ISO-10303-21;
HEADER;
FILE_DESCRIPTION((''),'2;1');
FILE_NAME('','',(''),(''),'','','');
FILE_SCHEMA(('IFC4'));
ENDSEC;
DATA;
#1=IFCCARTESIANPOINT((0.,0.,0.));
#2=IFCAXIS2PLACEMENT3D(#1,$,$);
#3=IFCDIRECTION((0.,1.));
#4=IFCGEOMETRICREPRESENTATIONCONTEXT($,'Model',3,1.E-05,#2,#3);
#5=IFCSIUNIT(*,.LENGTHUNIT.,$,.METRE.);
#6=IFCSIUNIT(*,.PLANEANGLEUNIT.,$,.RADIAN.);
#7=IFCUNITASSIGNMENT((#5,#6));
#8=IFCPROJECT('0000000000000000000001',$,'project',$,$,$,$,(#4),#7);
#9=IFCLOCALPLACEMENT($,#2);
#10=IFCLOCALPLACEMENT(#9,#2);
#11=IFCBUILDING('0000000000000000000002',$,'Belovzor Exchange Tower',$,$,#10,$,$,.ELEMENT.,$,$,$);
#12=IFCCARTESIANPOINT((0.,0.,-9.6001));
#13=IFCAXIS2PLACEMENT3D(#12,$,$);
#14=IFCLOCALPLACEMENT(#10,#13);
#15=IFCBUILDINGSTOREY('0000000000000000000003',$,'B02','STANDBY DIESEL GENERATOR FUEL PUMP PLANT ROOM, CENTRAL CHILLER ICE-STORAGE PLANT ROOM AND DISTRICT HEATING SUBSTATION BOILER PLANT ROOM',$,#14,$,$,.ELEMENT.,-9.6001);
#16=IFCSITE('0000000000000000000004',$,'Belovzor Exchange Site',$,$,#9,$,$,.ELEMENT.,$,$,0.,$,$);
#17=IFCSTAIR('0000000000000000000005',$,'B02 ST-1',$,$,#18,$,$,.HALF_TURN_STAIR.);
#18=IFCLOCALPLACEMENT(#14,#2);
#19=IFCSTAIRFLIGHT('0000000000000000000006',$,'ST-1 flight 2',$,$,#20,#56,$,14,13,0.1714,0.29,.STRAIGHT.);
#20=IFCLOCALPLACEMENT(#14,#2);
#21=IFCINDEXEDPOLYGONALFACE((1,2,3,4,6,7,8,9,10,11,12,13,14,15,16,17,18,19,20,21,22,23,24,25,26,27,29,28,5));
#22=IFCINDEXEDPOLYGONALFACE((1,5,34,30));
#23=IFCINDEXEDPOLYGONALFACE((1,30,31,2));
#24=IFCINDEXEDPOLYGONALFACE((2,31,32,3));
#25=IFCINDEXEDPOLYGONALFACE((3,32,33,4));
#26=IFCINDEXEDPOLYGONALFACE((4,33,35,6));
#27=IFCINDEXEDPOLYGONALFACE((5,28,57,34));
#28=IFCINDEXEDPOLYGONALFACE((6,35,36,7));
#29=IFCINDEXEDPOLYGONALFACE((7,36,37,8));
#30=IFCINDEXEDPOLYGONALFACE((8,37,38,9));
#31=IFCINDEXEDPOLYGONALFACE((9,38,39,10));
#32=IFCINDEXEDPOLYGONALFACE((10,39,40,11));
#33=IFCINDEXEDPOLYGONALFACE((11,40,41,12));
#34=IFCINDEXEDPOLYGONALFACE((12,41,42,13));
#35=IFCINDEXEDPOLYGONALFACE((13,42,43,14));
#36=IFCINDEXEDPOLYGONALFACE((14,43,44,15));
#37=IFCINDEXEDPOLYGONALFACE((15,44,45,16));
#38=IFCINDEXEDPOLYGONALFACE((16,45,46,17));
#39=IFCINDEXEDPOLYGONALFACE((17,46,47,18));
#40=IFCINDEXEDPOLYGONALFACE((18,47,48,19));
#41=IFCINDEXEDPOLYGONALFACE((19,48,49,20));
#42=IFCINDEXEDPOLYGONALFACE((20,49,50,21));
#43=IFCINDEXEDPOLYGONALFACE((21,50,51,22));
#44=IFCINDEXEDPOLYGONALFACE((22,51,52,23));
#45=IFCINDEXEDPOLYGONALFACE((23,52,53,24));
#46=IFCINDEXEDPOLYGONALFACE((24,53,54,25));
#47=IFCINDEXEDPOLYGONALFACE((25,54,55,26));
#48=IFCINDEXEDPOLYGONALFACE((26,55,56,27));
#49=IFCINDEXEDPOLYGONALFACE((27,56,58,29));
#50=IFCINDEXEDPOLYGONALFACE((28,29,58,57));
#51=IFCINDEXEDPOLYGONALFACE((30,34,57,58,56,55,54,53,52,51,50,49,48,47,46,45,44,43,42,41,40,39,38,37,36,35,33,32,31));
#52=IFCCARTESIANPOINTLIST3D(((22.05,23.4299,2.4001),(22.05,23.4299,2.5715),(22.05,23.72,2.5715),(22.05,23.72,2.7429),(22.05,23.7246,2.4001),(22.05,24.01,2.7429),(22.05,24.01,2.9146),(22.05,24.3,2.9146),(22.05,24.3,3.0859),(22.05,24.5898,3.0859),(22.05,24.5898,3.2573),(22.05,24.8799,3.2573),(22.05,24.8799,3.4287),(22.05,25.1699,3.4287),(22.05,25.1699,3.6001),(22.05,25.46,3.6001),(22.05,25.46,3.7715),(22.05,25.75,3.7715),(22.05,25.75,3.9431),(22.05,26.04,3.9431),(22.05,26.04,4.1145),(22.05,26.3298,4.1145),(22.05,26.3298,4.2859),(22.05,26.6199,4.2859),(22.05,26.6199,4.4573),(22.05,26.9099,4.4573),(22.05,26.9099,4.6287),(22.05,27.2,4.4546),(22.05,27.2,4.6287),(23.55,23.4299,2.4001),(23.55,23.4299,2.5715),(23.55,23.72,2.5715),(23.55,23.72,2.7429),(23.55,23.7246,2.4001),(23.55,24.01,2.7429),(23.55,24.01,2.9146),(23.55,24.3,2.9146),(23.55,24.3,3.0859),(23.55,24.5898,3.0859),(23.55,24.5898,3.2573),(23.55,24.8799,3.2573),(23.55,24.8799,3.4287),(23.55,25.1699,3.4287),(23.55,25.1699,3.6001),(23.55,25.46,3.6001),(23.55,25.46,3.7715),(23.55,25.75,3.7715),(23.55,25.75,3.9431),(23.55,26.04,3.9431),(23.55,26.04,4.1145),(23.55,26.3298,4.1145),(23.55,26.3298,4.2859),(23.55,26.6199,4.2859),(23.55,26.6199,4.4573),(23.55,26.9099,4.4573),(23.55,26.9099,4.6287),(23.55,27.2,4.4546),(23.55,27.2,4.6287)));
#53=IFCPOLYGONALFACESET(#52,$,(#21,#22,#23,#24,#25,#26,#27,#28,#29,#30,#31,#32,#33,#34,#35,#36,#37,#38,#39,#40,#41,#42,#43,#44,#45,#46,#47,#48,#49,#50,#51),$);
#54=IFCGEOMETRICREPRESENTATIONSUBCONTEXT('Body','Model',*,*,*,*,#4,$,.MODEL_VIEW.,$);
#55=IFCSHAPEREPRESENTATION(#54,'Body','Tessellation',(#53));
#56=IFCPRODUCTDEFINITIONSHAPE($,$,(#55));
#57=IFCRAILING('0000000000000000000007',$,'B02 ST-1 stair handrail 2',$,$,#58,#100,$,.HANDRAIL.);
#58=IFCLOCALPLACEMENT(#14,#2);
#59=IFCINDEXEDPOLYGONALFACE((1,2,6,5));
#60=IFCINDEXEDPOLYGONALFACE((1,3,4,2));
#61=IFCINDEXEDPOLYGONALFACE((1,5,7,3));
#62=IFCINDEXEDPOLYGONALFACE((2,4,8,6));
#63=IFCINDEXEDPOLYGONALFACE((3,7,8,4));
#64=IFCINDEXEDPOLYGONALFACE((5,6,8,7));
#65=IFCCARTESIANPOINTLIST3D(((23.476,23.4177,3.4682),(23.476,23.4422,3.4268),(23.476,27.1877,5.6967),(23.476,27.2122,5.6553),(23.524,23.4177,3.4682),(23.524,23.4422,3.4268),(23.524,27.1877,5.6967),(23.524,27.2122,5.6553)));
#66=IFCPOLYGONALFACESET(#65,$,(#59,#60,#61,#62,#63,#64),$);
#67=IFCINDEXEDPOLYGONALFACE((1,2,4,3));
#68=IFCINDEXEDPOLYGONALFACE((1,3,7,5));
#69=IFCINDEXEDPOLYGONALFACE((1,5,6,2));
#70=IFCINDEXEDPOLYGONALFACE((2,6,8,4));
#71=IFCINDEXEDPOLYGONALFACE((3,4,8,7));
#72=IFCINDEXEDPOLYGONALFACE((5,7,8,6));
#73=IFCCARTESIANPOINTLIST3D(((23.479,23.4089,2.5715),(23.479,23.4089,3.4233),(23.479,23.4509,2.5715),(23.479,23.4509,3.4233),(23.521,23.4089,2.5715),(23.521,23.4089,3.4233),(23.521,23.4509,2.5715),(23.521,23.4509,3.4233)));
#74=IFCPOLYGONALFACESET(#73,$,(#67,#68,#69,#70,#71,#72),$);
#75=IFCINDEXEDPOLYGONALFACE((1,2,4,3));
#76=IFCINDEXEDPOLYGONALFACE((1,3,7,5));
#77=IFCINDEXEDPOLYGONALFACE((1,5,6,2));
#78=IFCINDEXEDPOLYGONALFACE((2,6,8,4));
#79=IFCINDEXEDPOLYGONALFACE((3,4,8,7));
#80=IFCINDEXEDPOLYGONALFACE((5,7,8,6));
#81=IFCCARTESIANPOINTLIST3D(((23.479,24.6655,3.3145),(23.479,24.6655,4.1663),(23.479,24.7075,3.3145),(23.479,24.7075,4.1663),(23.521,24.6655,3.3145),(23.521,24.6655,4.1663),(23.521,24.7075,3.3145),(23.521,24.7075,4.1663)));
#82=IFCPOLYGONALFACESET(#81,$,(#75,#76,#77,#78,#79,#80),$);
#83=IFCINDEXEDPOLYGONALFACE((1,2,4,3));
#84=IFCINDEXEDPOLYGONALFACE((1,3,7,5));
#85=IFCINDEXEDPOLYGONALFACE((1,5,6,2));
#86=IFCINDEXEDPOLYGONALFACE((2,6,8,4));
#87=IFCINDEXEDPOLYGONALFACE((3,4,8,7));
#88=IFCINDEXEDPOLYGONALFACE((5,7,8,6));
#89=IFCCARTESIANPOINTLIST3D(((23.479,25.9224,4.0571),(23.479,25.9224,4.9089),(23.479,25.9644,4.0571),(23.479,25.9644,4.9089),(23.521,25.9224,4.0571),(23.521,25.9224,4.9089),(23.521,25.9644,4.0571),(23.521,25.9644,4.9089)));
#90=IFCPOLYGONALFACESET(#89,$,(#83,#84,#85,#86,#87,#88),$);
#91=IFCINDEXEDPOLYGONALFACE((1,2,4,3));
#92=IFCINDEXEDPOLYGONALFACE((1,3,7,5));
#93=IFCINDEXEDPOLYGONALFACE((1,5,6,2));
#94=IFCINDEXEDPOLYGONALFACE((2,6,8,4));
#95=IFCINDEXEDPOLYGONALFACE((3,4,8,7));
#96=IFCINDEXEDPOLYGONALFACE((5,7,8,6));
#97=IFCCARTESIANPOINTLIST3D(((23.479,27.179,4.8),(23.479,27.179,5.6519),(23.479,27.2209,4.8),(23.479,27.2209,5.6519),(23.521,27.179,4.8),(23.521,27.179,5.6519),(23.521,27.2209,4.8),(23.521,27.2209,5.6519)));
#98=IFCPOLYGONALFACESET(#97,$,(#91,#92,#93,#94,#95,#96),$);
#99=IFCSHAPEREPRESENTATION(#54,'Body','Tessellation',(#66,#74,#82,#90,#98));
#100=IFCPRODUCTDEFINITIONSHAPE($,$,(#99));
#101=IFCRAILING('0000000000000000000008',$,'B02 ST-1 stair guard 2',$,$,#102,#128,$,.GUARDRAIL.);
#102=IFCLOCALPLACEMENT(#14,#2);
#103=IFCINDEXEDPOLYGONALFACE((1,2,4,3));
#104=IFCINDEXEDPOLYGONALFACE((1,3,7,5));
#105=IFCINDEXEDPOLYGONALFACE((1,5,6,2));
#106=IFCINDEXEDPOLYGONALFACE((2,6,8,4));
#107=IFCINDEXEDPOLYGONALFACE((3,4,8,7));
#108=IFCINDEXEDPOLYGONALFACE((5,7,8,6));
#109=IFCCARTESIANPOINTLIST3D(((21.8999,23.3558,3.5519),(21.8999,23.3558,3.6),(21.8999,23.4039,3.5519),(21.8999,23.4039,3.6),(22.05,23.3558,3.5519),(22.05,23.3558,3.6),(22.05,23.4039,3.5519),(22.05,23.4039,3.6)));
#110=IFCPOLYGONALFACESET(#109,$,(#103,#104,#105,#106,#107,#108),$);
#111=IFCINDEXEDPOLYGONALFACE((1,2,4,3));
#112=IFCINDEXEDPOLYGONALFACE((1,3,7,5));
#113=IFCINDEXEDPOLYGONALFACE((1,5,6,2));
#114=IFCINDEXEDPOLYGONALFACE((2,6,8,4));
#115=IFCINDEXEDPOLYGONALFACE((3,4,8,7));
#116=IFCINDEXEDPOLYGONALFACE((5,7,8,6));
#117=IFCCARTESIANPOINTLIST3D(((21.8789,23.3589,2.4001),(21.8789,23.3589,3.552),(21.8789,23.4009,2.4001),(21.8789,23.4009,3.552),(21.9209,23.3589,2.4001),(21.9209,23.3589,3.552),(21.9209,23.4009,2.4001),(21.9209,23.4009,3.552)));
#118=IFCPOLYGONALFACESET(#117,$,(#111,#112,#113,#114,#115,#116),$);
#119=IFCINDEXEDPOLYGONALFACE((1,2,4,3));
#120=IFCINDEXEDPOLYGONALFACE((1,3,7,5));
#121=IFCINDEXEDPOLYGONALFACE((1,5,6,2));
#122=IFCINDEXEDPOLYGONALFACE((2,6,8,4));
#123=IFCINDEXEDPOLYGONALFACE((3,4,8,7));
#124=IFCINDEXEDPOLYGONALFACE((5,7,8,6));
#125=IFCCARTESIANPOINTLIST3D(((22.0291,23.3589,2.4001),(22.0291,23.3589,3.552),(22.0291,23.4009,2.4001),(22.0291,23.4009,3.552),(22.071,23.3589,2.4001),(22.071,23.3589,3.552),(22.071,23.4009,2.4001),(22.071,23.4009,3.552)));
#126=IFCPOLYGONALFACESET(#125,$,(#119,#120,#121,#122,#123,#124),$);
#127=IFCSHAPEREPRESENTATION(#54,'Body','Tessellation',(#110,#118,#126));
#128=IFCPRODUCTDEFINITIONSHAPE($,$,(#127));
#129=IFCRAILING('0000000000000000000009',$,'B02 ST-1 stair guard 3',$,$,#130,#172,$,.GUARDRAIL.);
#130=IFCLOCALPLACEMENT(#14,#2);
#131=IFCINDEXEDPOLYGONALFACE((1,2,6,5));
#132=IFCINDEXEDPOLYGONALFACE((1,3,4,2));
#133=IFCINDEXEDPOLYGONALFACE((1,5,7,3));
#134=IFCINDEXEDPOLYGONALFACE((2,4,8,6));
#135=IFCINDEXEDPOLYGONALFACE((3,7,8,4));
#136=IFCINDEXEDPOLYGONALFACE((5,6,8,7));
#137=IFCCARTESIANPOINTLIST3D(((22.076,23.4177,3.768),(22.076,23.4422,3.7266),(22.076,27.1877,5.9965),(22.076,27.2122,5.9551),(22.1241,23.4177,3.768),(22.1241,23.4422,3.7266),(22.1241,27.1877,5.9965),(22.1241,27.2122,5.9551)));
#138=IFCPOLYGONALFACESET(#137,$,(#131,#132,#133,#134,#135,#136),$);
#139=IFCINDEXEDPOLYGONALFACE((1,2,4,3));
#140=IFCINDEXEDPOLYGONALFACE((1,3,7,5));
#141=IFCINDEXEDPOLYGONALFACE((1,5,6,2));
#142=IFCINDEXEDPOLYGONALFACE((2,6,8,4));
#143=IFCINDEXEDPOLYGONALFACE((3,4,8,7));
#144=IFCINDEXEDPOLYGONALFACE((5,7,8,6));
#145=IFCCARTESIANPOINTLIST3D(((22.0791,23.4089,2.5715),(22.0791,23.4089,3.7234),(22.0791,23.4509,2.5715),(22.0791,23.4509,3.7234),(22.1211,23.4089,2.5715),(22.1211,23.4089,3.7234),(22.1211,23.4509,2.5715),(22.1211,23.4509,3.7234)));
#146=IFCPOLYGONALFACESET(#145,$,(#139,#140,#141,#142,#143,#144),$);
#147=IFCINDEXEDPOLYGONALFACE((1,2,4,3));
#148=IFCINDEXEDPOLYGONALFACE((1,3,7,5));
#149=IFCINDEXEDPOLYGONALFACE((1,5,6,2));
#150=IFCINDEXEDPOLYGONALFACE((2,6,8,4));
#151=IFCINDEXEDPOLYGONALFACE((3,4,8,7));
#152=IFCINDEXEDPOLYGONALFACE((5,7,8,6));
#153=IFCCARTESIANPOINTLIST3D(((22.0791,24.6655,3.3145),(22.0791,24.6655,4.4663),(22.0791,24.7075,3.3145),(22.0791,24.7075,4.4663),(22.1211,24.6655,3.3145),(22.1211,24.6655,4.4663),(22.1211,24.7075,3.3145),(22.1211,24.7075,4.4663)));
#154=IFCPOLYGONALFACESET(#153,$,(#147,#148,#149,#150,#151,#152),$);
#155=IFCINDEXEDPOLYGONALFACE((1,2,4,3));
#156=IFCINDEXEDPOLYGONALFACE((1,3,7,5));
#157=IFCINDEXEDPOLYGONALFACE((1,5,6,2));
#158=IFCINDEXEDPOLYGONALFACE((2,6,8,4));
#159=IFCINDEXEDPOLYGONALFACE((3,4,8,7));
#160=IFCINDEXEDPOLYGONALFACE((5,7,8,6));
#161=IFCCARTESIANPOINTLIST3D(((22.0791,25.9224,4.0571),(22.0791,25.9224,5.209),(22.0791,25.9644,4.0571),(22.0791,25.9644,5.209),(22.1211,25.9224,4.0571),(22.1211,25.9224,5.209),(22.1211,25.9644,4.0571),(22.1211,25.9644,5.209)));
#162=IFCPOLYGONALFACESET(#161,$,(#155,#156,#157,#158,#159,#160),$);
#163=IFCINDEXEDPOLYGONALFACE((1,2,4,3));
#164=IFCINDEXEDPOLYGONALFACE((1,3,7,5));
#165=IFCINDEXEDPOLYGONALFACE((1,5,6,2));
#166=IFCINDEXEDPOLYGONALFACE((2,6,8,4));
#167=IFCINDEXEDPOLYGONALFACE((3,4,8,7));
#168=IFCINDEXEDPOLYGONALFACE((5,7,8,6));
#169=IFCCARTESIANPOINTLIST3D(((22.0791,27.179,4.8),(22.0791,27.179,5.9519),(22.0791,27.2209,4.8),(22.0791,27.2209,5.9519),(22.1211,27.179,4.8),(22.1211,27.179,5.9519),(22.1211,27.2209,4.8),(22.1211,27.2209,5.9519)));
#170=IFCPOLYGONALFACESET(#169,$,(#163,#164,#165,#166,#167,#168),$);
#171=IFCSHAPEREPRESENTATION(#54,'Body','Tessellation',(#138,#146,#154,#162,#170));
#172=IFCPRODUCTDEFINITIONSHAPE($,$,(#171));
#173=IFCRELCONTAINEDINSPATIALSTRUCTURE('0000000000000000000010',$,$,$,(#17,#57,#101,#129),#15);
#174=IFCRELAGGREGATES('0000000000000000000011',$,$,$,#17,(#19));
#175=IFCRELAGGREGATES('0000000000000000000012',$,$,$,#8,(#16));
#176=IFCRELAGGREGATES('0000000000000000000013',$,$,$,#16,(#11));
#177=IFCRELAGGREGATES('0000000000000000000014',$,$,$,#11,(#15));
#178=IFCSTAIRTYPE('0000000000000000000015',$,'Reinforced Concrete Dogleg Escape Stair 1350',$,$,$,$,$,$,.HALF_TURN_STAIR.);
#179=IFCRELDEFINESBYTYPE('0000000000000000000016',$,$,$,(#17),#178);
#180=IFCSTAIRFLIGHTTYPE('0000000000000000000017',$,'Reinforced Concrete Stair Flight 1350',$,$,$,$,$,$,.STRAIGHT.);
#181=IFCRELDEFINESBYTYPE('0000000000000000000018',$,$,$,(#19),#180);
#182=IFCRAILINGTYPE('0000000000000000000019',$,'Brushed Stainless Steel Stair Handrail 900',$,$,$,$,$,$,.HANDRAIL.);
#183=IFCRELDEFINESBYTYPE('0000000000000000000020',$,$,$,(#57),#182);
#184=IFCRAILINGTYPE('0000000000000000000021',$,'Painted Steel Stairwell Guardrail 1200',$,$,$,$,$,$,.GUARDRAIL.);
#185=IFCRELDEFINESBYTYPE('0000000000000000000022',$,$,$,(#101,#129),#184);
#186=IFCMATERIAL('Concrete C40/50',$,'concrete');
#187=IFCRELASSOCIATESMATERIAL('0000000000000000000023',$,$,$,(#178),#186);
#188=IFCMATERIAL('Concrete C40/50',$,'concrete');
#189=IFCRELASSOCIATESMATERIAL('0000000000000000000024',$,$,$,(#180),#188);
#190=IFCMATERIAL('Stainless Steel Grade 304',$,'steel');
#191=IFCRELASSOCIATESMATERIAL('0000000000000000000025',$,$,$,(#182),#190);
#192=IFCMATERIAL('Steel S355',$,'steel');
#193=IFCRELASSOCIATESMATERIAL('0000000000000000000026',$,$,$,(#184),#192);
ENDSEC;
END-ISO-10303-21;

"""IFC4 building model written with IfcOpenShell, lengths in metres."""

from ifc_helpers import new_model, si_unit, direction, frame, origin, origin_2d, place, context, subcontext, project, spatial, polyline, rectangle, outline, extrude, material, type_object, element, aggregate, save


model = new_model("IFC4")

# Units and contexts
model_context = context("Model", 3, precision=1e-05, world=origin(), true_north=direction((0.0, 1.0)))
body_context = subcontext(model_context, "Body", "Model", "MODEL_VIEW")
ifc_project = project(units=[si_unit("LENGTHUNIT", "METRE"), si_unit("PLANEANGLEUNIT", "RADIAN")], contexts=[model_context])

# Site, building, storey
site_placement = place(None, origin())
site = spatial("IfcSite", under=ifc_project, at=site_placement, Name="Belovzor Exchange Site", CompositionType="ELEMENT", RefElevation=0.0)
building_placement = place(site_placement, origin())
building = spatial("IfcBuilding", under=site, at=building_placement, Name="Belovzor Exchange Tower", CompositionType="ELEMENT")
storey_placement = place(building_placement, frame((0.0, 0.0, -9.6001)))
storey = spatial("IfcBuildingStorey", under=building, at=storey_placement, Name="B02", Description="STANDBY DIESEL GENERATOR FUEL PUMP PLANT ROOM, CENTRAL CHILLER ICE-STORAGE PLANT ROOM AND DISTRICT HEATING SUBSTATION BOILER PLANT ROOM", CompositionType="ELEMENT", Elevation=-9.6001)

# Stair, stair flight
ifc_material_1 = material(Name="Concrete C40/50", Category="concrete")
stair_type = type_object("IfcStairType", Name="Reinforced Concrete Dogleg Escape Stair 1350", PredefinedType="HALF_TURN_STAIR", material=ifc_material_1)
stair_placement = place(storey_placement, origin())
stair = element("IfcStair", 1, at=stair_placement, inside=storey, type_object=stair_type, Name="B02 ST-1", PredefinedType="HALF_TURN_STAIR")
ifc_material_2 = material(Name="Concrete C40/50", Category="concrete")
stair_flight_type = type_object("IfcStairFlightType", Name="Reinforced Concrete Stair Flight 1350", PredefinedType="STRAIGHT", material=ifc_material_2)
stair_flight_placement = place(storey_placement, frame((22.8, 23.4299, 2.4001), z_axis=(0.0, 0.0, 1.0), x_axis=(0.0, 1.0, 0.0)))
stair_flight = element("IfcStairFlight", 2, at=stair_flight_placement, type_object=stair_flight_type, Name="ST-1 flight 2", NumberOfRisers=14, NumberOfTreads=13, PredefinedType="STRAIGHT", RiserHeight=0.1714, TreadLength=0.29, context=body_context, shape_type="SweptSolid", body=[
    extrude(outline(polyline([(0.0, 0.0), (0.0, 0.1714), (0.29, 0.1714), (0.29, 0.3428), (0.5801, 0.3428), (0.5801, 0.5144), (0.8701, 0.5144), (0.8701, 0.6858), (1.1599, 0.6858), (1.1599, 0.8572), (1.45, 0.8572), (1.45, 1.0286), (1.74, 1.0286), (1.74, 1.2), (2.03, 1.2), (2.03, 1.3713), (2.3201, 1.3713), (2.3201, 1.543), (2.6101, 1.543), (2.6101, 1.7144), (2.8999, 1.7144), (2.8999, 1.8857), (3.1899, 1.8857), (3.1899, 2.0571), (3.48, 2.0571), (3.48, 2.2285), (3.77, 2.2285), (3.77, 2.3999), (3.77, 2.0544), (0.2947, 0.0), (0.0, 0.0)])), frame((0.0, 0.75, 0.0), z_axis=(0.0, -1.0, 0.0), x_axis=(1.0, 0.0, 0.0)), (0.0, 0.0, 1.0), 1.5),
])
aggregate(stair, [stair_flight])

# Railings
ifc_material_3 = material(Name="Stainless Steel Grade 304", Category="steel")
railing_type_1 = type_object("IfcRailingType", Name="Brushed Stainless Steel Stair Handrail 900", PredefinedType="HANDRAIL", material=ifc_material_3)
railing_1_placement = place(storey_placement, frame((23.5, 23.4299, 2.5715)))
element("IfcRailing", 3, at=railing_1_placement, inside=storey, type_object=railing_type_1, Name="B02 ST-1 stair handrail 2", PredefinedType="HANDRAIL", context=body_context, shape_type="SweptSolid", body=[
    extrude(rectangle(XDim=0.0481, YDim=0.0481, at=origin_2d()), frame((0.0, 0.0, 0.876), z_axis=(0.0, 0.860849, 0.508861), x_axis=(-1.0, 0.0, 0.0)), (0.0, 0.0, 1.0), 4.3794),
    extrude(rectangle(XDim=0.042, YDim=0.042, at=origin_2d()), origin(), (0.0, 0.0, 1.0), 0.8518),
    extrude(rectangle(XDim=0.042, YDim=0.042, at=origin_2d()), frame((0.0, 1.2566, 0.7429)), (0.0, 0.0, 1.0), 0.8518),
    extrude(rectangle(XDim=0.042, YDim=0.042, at=origin_2d()), frame((0.0, 2.5134, 1.4856)), (0.0, 0.0, 1.0), 0.8518),
    extrude(rectangle(XDim=0.042, YDim=0.042, at=origin_2d()), frame((0.0, 3.77, 2.2285)), (0.0, 0.0, 1.0), 0.8518),
])
ifc_material_4 = material(Name="Steel S355", Category="steel")
railing_type_2 = type_object("IfcRailingType", Name="Painted Steel Stairwell Guardrail 1200", PredefinedType="GUARDRAIL", material=ifc_material_4)
railing_2_placement = place(storey_placement, frame((21.8999, 23.3799, 2.4001)))
element("IfcRailing", 4, at=railing_2_placement, inside=storey, type_object=railing_type_2, Name="B02 ST-1 stair guard 2", PredefinedType="GUARDRAIL", context=body_context, shape_type="SweptSolid", body=[
    extrude(rectangle(XDim=0.0481, YDim=0.0481, at=origin_2d()), frame((0.0, 0.0, 1.1758), z_axis=(1.0, 0.0, 0.0), x_axis=(0.0, 1.0, 0.0)), (0.0, 0.0, 1.0), 0.1501),
    extrude(rectangle(XDim=0.042, YDim=0.042, at=origin_2d()), origin(), (0.0, 0.0, 1.0), 1.1519),
    extrude(rectangle(XDim=0.042, YDim=0.042, at=origin_2d()), frame((0.1501, 0.0, 0.0)), (0.0, 0.0, 1.0), 1.1519),
])
railing_3_placement = place(storey_placement, frame((22.1001, 23.4299, 2.5715)))
element("IfcRailing", 5, at=railing_3_placement, inside=storey, type_object=railing_type_2, Name="B02 ST-1 stair guard 3", PredefinedType="GUARDRAIL", context=body_context, shape_type="SweptSolid", body=[
    extrude(rectangle(XDim=0.0481, YDim=0.0481, at=origin_2d()), frame((0.0, 0.0, 1.1758), z_axis=(0.0, 0.860849, 0.508861), x_axis=(-1.0, 0.0, 0.0)), (0.0, 0.0, 1.0), 4.3794),
    extrude(rectangle(XDim=0.042, YDim=0.042, at=origin_2d()), origin(), (0.0, 0.0, 1.0), 1.1519),
    extrude(rectangle(XDim=0.042, YDim=0.042, at=origin_2d()), frame((0.0, 1.2566, 0.7429)), (0.0, 0.0, 1.0), 1.1519),
    extrude(rectangle(XDim=0.042, YDim=0.042, at=origin_2d()), frame((0.0, 2.5134, 1.4856)), (0.0, 0.0, 1.0), 1.1519),
    extrude(rectangle(XDim=0.042, YDim=0.042, at=origin_2d()), frame((0.0, 3.77, 2.2285)), (0.0, 0.0, 1.0), 1.1519),
])

save(model, "model.ifc")
